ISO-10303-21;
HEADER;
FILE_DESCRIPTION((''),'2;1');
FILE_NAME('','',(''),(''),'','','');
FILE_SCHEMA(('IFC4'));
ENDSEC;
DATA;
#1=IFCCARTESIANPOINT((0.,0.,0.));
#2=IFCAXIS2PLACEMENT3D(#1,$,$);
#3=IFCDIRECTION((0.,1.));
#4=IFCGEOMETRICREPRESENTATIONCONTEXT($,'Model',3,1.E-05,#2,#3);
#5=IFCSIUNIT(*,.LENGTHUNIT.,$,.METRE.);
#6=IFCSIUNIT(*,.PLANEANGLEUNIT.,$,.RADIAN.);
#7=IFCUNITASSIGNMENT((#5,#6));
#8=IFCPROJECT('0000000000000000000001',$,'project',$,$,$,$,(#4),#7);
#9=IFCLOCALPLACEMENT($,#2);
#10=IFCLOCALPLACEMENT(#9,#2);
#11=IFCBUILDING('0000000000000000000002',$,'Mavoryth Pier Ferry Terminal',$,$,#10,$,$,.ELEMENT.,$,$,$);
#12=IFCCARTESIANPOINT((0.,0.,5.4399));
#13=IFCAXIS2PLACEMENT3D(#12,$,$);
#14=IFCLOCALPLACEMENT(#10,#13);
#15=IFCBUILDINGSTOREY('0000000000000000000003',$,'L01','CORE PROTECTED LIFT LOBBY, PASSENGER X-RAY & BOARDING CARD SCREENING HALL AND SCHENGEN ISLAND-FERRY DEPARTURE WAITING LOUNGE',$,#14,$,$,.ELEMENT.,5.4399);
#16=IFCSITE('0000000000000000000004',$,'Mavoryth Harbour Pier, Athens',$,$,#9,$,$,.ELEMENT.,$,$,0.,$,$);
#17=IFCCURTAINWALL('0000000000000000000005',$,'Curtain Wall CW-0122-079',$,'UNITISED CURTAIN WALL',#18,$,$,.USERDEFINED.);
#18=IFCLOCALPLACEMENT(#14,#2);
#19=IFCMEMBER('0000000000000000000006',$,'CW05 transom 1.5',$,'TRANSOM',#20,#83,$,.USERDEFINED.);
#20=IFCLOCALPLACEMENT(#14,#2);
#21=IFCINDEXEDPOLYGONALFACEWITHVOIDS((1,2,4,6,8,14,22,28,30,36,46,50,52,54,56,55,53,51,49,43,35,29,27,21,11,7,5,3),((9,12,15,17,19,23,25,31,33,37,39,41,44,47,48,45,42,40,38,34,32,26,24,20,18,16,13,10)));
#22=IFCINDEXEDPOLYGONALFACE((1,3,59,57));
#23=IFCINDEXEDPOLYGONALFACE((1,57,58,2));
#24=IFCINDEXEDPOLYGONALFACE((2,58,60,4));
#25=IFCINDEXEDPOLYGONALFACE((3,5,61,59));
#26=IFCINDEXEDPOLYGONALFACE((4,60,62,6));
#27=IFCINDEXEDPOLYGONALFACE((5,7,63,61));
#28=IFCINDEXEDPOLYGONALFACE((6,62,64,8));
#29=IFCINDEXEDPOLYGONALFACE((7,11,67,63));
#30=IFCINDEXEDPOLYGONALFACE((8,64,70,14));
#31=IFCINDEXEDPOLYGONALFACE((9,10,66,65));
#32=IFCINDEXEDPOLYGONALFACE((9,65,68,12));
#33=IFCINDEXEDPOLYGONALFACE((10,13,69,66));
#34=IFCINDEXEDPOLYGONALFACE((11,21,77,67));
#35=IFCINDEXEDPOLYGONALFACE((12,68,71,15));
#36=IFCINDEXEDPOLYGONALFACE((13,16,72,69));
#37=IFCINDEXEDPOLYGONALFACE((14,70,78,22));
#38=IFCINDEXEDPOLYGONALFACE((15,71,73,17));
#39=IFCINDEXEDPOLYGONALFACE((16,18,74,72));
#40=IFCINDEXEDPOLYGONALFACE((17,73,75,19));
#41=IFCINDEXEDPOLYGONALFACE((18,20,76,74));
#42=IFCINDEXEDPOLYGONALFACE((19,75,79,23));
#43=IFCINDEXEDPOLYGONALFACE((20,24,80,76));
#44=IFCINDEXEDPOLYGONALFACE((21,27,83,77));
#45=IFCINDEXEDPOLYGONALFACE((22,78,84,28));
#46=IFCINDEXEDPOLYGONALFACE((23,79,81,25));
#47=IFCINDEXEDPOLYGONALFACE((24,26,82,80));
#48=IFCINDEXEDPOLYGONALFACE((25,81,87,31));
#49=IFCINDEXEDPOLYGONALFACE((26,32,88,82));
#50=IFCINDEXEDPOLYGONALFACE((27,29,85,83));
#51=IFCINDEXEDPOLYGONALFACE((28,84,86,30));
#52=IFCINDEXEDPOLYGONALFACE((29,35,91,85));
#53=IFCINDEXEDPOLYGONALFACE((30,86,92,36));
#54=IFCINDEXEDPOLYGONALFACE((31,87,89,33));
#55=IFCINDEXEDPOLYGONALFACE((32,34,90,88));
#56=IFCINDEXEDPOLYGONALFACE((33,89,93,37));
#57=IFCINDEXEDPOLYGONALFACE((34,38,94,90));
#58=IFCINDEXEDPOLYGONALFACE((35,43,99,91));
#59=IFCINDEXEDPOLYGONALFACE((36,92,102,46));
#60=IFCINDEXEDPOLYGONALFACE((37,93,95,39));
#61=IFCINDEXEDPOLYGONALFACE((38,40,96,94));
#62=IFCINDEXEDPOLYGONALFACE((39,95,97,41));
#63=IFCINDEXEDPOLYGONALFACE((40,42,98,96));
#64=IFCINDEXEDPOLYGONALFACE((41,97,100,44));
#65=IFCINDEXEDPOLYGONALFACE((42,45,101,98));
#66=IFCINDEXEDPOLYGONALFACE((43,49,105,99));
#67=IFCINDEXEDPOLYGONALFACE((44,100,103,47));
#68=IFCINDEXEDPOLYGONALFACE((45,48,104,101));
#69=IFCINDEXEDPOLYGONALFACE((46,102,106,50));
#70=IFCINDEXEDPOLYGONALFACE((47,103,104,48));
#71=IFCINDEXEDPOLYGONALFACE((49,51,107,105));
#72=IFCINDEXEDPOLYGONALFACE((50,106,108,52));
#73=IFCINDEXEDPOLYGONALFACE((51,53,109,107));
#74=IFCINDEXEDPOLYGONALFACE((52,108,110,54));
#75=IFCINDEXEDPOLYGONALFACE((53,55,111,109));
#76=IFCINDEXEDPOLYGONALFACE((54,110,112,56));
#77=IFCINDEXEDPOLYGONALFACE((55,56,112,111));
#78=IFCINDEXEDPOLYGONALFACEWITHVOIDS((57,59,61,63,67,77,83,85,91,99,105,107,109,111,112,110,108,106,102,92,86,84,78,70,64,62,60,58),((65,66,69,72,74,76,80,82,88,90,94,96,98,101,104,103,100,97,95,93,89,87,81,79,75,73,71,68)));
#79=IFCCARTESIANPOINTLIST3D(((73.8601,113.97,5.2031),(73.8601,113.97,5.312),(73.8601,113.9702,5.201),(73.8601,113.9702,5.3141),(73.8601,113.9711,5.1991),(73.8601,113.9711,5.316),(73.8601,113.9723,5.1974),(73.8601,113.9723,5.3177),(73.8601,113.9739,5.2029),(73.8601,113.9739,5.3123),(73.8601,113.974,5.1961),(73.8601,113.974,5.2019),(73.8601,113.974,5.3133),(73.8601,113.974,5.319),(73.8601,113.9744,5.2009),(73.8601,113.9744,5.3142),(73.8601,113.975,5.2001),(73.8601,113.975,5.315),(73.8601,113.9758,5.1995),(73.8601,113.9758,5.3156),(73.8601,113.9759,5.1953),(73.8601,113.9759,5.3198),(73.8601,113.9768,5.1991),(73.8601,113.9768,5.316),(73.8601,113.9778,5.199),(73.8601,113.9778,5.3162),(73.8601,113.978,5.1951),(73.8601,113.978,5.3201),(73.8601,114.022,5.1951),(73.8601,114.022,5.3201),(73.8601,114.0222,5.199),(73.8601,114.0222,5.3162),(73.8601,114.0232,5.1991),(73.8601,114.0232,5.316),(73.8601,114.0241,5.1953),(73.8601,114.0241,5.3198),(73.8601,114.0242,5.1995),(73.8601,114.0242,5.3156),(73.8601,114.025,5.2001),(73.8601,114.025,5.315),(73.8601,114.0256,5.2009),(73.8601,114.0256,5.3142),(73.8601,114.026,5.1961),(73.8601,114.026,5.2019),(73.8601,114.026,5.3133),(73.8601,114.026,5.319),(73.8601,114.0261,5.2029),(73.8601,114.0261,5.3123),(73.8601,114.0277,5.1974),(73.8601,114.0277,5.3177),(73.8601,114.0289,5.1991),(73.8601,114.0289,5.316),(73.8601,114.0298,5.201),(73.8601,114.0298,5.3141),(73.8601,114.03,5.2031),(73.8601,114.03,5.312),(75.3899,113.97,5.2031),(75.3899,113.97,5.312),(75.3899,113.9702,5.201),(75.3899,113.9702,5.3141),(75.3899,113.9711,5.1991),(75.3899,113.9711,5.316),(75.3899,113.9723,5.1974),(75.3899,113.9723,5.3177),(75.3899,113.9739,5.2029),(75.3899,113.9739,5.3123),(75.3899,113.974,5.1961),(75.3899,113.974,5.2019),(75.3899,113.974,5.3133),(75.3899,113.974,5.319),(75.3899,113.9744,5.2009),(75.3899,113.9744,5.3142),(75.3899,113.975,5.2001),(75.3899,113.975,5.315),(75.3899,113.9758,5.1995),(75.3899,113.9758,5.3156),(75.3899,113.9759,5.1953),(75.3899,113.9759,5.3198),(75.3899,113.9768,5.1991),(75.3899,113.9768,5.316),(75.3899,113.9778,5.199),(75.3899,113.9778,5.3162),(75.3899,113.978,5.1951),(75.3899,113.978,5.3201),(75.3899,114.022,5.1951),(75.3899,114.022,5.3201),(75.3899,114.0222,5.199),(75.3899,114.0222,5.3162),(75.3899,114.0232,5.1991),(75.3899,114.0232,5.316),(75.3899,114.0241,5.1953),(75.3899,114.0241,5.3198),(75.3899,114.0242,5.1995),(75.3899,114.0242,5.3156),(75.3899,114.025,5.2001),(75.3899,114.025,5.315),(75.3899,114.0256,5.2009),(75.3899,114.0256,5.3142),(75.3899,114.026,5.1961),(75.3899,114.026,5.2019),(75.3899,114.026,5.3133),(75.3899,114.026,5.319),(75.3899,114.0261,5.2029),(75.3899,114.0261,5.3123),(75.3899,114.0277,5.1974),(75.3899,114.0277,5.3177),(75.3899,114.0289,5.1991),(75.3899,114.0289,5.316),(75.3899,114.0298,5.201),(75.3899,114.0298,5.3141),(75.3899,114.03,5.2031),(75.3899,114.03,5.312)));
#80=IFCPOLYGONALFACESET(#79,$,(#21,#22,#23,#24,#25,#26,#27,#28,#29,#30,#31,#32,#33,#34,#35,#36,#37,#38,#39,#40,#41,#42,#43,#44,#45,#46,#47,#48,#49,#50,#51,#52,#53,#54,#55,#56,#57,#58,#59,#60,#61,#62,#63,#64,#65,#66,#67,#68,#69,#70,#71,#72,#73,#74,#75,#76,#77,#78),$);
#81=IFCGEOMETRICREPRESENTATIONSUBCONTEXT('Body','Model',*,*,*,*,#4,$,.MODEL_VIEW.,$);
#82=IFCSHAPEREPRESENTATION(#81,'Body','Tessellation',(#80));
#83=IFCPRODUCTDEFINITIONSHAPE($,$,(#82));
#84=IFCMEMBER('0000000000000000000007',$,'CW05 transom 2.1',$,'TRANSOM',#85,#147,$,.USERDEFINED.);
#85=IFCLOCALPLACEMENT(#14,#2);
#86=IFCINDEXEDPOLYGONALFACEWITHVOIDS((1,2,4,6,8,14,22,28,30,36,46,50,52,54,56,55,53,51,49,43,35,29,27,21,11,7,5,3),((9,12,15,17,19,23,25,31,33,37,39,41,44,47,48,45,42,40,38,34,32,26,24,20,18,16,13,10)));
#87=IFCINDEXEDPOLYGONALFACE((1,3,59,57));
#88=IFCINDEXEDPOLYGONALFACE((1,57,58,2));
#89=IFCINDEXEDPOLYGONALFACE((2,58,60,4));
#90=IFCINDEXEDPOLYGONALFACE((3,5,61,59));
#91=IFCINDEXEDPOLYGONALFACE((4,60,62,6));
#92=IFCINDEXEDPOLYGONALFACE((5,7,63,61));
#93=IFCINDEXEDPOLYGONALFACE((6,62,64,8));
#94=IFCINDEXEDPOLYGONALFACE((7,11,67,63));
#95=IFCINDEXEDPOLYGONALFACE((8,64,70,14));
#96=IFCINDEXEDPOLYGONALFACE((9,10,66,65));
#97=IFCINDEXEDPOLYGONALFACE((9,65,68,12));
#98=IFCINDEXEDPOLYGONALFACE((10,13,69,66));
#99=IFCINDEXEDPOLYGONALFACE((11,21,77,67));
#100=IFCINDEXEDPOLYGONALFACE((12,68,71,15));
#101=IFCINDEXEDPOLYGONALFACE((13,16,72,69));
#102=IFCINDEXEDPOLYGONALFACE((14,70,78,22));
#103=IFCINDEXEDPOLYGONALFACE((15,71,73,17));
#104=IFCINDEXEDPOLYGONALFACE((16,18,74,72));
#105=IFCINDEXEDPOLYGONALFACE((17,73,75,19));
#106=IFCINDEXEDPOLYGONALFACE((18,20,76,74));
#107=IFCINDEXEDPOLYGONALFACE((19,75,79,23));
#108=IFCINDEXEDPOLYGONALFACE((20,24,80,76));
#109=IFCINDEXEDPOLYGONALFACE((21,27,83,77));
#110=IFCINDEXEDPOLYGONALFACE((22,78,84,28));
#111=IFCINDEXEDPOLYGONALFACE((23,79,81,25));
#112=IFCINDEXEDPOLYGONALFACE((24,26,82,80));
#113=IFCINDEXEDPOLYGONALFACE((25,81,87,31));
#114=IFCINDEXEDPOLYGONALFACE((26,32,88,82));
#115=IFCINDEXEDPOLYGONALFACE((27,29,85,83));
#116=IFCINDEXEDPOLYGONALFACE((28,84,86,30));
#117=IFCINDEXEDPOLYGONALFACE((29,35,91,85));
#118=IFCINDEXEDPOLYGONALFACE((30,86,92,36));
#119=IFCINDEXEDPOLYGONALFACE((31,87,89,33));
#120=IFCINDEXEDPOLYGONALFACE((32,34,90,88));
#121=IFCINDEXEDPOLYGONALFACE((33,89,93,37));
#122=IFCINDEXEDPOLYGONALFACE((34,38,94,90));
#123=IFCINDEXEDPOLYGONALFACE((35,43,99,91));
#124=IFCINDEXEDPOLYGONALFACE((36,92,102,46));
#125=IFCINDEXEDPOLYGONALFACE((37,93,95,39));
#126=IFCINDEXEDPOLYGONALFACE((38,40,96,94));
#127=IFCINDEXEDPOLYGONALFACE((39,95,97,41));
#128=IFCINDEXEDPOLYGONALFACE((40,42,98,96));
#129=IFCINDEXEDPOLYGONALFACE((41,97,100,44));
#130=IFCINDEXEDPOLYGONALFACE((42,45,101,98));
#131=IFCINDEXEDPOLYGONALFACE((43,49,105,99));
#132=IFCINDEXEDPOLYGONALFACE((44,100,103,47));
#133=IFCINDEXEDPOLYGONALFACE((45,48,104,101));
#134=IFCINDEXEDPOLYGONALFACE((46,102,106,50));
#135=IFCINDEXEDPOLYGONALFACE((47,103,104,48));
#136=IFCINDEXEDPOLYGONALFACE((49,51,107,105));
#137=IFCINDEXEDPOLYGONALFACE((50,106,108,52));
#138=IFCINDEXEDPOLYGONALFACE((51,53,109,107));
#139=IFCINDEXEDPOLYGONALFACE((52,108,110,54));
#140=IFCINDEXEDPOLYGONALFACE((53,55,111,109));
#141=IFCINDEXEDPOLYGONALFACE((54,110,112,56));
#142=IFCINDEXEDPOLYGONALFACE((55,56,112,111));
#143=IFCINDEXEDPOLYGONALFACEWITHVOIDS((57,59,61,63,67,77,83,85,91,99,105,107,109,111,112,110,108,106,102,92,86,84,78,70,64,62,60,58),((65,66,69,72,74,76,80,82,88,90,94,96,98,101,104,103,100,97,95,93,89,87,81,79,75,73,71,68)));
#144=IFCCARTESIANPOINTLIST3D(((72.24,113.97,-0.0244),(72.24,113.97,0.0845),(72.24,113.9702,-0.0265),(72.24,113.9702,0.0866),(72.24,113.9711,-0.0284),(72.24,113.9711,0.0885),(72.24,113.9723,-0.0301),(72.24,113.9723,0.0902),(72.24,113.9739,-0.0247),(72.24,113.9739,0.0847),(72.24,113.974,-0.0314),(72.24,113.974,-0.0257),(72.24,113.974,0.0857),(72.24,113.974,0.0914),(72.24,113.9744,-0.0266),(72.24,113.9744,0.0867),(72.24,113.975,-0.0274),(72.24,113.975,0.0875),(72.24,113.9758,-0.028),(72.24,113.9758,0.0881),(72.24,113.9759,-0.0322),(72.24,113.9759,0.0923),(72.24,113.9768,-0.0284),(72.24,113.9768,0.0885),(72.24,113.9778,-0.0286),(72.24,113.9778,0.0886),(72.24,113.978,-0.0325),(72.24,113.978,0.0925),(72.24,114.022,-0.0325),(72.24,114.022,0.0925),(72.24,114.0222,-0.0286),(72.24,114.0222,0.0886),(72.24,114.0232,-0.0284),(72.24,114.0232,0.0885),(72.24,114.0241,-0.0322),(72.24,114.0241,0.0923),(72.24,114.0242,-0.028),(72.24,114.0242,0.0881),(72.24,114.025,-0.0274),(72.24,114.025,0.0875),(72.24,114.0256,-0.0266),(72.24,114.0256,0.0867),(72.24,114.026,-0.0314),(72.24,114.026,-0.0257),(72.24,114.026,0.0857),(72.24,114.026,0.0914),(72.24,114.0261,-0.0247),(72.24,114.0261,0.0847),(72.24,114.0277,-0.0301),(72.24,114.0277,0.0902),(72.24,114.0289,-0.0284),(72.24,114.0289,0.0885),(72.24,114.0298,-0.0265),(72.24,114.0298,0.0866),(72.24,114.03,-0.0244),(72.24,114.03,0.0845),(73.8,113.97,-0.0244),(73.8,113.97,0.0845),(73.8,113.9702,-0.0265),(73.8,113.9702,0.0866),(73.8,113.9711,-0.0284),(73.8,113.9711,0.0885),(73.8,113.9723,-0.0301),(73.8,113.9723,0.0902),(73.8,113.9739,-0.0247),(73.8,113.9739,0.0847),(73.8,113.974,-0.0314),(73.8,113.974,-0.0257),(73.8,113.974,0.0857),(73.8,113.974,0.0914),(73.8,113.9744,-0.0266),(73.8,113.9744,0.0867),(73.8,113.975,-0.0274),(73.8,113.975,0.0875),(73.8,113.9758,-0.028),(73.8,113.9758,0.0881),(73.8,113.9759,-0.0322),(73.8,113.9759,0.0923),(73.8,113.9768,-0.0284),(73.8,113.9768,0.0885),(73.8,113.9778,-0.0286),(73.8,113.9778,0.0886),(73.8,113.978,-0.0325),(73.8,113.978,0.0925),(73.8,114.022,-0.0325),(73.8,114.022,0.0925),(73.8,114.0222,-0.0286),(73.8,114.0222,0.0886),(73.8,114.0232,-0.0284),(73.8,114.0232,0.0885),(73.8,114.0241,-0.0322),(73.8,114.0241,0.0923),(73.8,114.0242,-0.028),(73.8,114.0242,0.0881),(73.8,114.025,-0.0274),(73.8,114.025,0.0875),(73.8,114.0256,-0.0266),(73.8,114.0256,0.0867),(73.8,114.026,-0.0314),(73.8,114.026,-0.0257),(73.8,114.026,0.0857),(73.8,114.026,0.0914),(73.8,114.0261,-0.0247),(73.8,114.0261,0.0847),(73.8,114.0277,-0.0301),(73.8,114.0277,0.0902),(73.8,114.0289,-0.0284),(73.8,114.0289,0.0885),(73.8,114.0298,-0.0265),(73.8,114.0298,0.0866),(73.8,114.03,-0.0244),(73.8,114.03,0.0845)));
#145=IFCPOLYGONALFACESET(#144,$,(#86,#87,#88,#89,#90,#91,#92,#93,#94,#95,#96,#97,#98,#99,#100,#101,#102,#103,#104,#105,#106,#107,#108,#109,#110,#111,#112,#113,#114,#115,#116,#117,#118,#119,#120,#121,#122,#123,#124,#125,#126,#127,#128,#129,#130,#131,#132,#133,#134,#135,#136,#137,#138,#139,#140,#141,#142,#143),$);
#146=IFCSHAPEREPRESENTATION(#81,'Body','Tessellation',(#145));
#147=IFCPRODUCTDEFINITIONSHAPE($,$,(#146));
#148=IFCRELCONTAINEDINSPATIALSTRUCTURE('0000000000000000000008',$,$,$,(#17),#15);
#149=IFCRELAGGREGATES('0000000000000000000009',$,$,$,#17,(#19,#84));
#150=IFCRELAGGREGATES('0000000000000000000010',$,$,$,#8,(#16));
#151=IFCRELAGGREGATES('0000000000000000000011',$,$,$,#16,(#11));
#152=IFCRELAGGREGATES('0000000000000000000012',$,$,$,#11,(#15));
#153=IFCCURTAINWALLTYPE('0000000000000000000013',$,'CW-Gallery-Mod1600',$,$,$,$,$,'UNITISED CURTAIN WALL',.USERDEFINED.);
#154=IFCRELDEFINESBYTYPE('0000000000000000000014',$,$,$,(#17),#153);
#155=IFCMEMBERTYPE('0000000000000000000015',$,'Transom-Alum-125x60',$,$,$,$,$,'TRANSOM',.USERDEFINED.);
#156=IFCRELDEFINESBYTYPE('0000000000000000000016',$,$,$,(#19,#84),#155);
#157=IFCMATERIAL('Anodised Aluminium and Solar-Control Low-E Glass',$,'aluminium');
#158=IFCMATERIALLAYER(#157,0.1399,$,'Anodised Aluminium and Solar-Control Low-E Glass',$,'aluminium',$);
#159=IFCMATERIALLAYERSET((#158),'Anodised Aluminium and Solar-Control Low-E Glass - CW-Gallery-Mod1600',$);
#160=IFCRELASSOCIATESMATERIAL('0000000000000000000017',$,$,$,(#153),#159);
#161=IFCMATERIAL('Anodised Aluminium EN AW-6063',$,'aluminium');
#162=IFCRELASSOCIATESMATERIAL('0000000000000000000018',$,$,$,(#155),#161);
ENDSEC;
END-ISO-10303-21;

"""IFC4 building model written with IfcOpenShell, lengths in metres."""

from ifc_helpers import new_model, si_unit, direction, frame, origin, origin_2d, place, context, subcontext, project, spatial, hollow_rectangle, extrude, material, layer, layer_set, material_profile, profile_set, type_object, element, aggregate, save


model = new_model("IFC4")

# Units and contexts
model_context = context("Model", 3, precision=1e-05, world=origin(), true_north=direction((0.0, 1.0)))
body_context = subcontext(model_context, "Body", "Model", "MODEL_VIEW")
ifc_project = project(units=[si_unit("LENGTHUNIT", "METRE"), si_unit("PLANEANGLEUNIT", "RADIAN")], contexts=[model_context])

# Site, building, storey
site_placement = place(None, origin())
site = spatial("IfcSite", under=ifc_project, at=site_placement, Name="Mavoryth Harbour Pier, Athens", CompositionType="ELEMENT", RefElevation=0.0)
building_placement = place(site_placement, origin())
building = spatial("IfcBuilding", under=site, at=building_placement, Name="Mavoryth Pier Ferry Terminal", CompositionType="ELEMENT")
storey_placement = place(building_placement, frame((0.0, 0.0, 5.4399)))
storey = spatial("IfcBuildingStorey", under=building, at=storey_placement, Name="L01", Description="CORE PROTECTED LIFT LOBBY, PASSENGER X-RAY & BOARDING CARD SCREENING HALL AND SCHENGEN ISLAND-FERRY DEPARTURE WAITING LOUNGE", CompositionType="ELEMENT", Elevation=5.4399)

# Curtain wall
ifc_material_1 = material(Name="Anodised Aluminium and Solar-Control Low-E Glass", Category="aluminium")
ifc_layer_1 = layer(ifc_material_1, 0.1399, Name="Anodised Aluminium and Solar-Control Low-E Glass", Category="aluminium")
ifc_layer_set_1 = layer_set([ifc_layer_1], Name="Anodised Aluminium and Solar-Control Low-E Glass - CW-Gallery-Mod1600")
curtain_wall_type = type_object("IfcCurtainWallType", Name="CW-Gallery-Mod1600", ElementType="UNITISED CURTAIN WALL", PredefinedType="USERDEFINED", material=ifc_layer_set_1)
curtain_wall_1_placement = place(storey_placement, origin())
curtain_wall_1 = element("IfcCurtainWall", 1, at=curtain_wall_1_placement, inside=storey, type_object=curtain_wall_type, Name="Curtain Wall CW-0122-079", ObjectType="UNITISED CURTAIN WALL", PredefinedType="USERDEFINED")
ifc_material_2 = material(Name="Anodised Aluminium EN AW-6063", Category="aluminium")

# Members
ifc_material_profile_1 = material_profile(ifc_material_2, hollow_rectangle(XDim=0.0601, YDim=0.125, WallThickness=0.0039, InnerFilletRadius=0.0039, OuterFilletRadius=0.0081, at=origin_2d()), Name="AL-TRAN 125x60x4", Category="aluminium")
ifc_profile_set_1 = profile_set([ifc_material_profile_1], Name="Anodised Aluminium EN AW-6063 - AL-TRAN 125x60x4")
member_type_1 = type_object("IfcMemberType", Name="Transom-Alum-125x60", ElementType="TRANSOM", PredefinedType="USERDEFINED", material=ifc_profile_set_1)
member_1_placement = place(storey_placement, frame((75.3899, 114.0, 5.2576), z_axis=(-1.0, 0.0, 0.0), x_axis=(0.0, -1.0, 0.0)))
member_1 = element("IfcMember", 2, at=member_1_placement, type_object=member_type_1, Name="CW05 transom 1.5", ObjectType="TRANSOM", PredefinedType="USERDEFINED", context=body_context, shape_type="SweptSolid", body=[
    extrude(hollow_rectangle(XDim=0.0601, YDim=0.125, WallThickness=0.0039, InnerFilletRadius=0.0039, OuterFilletRadius=0.0081, at=origin_2d()), origin(), (0.0, 0.0, 1.0), 1.5298),
])
member_2_placement = place(storey_placement, frame((73.8, 114.0, 0.03), z_axis=(-1.0, 0.0, 0.0), x_axis=(0.0, -1.0, 0.0)))
member_2 = element("IfcMember", 3, at=member_2_placement, type_object=member_type_1, Name="CW05 transom 2.1", ObjectType="TRANSOM", PredefinedType="USERDEFINED", context=body_context, shape_type="SweptSolid", body=[
    extrude(hollow_rectangle(XDim=0.0601, YDim=0.125, WallThickness=0.0039, InnerFilletRadius=0.0039, OuterFilletRadius=0.0081, at=origin_2d()), origin(), (0.0, 0.0, 1.0), 1.5601),
])

aggregate(curtain_wall_1, [member_1, member_2])

save(model, "model.ifc")
